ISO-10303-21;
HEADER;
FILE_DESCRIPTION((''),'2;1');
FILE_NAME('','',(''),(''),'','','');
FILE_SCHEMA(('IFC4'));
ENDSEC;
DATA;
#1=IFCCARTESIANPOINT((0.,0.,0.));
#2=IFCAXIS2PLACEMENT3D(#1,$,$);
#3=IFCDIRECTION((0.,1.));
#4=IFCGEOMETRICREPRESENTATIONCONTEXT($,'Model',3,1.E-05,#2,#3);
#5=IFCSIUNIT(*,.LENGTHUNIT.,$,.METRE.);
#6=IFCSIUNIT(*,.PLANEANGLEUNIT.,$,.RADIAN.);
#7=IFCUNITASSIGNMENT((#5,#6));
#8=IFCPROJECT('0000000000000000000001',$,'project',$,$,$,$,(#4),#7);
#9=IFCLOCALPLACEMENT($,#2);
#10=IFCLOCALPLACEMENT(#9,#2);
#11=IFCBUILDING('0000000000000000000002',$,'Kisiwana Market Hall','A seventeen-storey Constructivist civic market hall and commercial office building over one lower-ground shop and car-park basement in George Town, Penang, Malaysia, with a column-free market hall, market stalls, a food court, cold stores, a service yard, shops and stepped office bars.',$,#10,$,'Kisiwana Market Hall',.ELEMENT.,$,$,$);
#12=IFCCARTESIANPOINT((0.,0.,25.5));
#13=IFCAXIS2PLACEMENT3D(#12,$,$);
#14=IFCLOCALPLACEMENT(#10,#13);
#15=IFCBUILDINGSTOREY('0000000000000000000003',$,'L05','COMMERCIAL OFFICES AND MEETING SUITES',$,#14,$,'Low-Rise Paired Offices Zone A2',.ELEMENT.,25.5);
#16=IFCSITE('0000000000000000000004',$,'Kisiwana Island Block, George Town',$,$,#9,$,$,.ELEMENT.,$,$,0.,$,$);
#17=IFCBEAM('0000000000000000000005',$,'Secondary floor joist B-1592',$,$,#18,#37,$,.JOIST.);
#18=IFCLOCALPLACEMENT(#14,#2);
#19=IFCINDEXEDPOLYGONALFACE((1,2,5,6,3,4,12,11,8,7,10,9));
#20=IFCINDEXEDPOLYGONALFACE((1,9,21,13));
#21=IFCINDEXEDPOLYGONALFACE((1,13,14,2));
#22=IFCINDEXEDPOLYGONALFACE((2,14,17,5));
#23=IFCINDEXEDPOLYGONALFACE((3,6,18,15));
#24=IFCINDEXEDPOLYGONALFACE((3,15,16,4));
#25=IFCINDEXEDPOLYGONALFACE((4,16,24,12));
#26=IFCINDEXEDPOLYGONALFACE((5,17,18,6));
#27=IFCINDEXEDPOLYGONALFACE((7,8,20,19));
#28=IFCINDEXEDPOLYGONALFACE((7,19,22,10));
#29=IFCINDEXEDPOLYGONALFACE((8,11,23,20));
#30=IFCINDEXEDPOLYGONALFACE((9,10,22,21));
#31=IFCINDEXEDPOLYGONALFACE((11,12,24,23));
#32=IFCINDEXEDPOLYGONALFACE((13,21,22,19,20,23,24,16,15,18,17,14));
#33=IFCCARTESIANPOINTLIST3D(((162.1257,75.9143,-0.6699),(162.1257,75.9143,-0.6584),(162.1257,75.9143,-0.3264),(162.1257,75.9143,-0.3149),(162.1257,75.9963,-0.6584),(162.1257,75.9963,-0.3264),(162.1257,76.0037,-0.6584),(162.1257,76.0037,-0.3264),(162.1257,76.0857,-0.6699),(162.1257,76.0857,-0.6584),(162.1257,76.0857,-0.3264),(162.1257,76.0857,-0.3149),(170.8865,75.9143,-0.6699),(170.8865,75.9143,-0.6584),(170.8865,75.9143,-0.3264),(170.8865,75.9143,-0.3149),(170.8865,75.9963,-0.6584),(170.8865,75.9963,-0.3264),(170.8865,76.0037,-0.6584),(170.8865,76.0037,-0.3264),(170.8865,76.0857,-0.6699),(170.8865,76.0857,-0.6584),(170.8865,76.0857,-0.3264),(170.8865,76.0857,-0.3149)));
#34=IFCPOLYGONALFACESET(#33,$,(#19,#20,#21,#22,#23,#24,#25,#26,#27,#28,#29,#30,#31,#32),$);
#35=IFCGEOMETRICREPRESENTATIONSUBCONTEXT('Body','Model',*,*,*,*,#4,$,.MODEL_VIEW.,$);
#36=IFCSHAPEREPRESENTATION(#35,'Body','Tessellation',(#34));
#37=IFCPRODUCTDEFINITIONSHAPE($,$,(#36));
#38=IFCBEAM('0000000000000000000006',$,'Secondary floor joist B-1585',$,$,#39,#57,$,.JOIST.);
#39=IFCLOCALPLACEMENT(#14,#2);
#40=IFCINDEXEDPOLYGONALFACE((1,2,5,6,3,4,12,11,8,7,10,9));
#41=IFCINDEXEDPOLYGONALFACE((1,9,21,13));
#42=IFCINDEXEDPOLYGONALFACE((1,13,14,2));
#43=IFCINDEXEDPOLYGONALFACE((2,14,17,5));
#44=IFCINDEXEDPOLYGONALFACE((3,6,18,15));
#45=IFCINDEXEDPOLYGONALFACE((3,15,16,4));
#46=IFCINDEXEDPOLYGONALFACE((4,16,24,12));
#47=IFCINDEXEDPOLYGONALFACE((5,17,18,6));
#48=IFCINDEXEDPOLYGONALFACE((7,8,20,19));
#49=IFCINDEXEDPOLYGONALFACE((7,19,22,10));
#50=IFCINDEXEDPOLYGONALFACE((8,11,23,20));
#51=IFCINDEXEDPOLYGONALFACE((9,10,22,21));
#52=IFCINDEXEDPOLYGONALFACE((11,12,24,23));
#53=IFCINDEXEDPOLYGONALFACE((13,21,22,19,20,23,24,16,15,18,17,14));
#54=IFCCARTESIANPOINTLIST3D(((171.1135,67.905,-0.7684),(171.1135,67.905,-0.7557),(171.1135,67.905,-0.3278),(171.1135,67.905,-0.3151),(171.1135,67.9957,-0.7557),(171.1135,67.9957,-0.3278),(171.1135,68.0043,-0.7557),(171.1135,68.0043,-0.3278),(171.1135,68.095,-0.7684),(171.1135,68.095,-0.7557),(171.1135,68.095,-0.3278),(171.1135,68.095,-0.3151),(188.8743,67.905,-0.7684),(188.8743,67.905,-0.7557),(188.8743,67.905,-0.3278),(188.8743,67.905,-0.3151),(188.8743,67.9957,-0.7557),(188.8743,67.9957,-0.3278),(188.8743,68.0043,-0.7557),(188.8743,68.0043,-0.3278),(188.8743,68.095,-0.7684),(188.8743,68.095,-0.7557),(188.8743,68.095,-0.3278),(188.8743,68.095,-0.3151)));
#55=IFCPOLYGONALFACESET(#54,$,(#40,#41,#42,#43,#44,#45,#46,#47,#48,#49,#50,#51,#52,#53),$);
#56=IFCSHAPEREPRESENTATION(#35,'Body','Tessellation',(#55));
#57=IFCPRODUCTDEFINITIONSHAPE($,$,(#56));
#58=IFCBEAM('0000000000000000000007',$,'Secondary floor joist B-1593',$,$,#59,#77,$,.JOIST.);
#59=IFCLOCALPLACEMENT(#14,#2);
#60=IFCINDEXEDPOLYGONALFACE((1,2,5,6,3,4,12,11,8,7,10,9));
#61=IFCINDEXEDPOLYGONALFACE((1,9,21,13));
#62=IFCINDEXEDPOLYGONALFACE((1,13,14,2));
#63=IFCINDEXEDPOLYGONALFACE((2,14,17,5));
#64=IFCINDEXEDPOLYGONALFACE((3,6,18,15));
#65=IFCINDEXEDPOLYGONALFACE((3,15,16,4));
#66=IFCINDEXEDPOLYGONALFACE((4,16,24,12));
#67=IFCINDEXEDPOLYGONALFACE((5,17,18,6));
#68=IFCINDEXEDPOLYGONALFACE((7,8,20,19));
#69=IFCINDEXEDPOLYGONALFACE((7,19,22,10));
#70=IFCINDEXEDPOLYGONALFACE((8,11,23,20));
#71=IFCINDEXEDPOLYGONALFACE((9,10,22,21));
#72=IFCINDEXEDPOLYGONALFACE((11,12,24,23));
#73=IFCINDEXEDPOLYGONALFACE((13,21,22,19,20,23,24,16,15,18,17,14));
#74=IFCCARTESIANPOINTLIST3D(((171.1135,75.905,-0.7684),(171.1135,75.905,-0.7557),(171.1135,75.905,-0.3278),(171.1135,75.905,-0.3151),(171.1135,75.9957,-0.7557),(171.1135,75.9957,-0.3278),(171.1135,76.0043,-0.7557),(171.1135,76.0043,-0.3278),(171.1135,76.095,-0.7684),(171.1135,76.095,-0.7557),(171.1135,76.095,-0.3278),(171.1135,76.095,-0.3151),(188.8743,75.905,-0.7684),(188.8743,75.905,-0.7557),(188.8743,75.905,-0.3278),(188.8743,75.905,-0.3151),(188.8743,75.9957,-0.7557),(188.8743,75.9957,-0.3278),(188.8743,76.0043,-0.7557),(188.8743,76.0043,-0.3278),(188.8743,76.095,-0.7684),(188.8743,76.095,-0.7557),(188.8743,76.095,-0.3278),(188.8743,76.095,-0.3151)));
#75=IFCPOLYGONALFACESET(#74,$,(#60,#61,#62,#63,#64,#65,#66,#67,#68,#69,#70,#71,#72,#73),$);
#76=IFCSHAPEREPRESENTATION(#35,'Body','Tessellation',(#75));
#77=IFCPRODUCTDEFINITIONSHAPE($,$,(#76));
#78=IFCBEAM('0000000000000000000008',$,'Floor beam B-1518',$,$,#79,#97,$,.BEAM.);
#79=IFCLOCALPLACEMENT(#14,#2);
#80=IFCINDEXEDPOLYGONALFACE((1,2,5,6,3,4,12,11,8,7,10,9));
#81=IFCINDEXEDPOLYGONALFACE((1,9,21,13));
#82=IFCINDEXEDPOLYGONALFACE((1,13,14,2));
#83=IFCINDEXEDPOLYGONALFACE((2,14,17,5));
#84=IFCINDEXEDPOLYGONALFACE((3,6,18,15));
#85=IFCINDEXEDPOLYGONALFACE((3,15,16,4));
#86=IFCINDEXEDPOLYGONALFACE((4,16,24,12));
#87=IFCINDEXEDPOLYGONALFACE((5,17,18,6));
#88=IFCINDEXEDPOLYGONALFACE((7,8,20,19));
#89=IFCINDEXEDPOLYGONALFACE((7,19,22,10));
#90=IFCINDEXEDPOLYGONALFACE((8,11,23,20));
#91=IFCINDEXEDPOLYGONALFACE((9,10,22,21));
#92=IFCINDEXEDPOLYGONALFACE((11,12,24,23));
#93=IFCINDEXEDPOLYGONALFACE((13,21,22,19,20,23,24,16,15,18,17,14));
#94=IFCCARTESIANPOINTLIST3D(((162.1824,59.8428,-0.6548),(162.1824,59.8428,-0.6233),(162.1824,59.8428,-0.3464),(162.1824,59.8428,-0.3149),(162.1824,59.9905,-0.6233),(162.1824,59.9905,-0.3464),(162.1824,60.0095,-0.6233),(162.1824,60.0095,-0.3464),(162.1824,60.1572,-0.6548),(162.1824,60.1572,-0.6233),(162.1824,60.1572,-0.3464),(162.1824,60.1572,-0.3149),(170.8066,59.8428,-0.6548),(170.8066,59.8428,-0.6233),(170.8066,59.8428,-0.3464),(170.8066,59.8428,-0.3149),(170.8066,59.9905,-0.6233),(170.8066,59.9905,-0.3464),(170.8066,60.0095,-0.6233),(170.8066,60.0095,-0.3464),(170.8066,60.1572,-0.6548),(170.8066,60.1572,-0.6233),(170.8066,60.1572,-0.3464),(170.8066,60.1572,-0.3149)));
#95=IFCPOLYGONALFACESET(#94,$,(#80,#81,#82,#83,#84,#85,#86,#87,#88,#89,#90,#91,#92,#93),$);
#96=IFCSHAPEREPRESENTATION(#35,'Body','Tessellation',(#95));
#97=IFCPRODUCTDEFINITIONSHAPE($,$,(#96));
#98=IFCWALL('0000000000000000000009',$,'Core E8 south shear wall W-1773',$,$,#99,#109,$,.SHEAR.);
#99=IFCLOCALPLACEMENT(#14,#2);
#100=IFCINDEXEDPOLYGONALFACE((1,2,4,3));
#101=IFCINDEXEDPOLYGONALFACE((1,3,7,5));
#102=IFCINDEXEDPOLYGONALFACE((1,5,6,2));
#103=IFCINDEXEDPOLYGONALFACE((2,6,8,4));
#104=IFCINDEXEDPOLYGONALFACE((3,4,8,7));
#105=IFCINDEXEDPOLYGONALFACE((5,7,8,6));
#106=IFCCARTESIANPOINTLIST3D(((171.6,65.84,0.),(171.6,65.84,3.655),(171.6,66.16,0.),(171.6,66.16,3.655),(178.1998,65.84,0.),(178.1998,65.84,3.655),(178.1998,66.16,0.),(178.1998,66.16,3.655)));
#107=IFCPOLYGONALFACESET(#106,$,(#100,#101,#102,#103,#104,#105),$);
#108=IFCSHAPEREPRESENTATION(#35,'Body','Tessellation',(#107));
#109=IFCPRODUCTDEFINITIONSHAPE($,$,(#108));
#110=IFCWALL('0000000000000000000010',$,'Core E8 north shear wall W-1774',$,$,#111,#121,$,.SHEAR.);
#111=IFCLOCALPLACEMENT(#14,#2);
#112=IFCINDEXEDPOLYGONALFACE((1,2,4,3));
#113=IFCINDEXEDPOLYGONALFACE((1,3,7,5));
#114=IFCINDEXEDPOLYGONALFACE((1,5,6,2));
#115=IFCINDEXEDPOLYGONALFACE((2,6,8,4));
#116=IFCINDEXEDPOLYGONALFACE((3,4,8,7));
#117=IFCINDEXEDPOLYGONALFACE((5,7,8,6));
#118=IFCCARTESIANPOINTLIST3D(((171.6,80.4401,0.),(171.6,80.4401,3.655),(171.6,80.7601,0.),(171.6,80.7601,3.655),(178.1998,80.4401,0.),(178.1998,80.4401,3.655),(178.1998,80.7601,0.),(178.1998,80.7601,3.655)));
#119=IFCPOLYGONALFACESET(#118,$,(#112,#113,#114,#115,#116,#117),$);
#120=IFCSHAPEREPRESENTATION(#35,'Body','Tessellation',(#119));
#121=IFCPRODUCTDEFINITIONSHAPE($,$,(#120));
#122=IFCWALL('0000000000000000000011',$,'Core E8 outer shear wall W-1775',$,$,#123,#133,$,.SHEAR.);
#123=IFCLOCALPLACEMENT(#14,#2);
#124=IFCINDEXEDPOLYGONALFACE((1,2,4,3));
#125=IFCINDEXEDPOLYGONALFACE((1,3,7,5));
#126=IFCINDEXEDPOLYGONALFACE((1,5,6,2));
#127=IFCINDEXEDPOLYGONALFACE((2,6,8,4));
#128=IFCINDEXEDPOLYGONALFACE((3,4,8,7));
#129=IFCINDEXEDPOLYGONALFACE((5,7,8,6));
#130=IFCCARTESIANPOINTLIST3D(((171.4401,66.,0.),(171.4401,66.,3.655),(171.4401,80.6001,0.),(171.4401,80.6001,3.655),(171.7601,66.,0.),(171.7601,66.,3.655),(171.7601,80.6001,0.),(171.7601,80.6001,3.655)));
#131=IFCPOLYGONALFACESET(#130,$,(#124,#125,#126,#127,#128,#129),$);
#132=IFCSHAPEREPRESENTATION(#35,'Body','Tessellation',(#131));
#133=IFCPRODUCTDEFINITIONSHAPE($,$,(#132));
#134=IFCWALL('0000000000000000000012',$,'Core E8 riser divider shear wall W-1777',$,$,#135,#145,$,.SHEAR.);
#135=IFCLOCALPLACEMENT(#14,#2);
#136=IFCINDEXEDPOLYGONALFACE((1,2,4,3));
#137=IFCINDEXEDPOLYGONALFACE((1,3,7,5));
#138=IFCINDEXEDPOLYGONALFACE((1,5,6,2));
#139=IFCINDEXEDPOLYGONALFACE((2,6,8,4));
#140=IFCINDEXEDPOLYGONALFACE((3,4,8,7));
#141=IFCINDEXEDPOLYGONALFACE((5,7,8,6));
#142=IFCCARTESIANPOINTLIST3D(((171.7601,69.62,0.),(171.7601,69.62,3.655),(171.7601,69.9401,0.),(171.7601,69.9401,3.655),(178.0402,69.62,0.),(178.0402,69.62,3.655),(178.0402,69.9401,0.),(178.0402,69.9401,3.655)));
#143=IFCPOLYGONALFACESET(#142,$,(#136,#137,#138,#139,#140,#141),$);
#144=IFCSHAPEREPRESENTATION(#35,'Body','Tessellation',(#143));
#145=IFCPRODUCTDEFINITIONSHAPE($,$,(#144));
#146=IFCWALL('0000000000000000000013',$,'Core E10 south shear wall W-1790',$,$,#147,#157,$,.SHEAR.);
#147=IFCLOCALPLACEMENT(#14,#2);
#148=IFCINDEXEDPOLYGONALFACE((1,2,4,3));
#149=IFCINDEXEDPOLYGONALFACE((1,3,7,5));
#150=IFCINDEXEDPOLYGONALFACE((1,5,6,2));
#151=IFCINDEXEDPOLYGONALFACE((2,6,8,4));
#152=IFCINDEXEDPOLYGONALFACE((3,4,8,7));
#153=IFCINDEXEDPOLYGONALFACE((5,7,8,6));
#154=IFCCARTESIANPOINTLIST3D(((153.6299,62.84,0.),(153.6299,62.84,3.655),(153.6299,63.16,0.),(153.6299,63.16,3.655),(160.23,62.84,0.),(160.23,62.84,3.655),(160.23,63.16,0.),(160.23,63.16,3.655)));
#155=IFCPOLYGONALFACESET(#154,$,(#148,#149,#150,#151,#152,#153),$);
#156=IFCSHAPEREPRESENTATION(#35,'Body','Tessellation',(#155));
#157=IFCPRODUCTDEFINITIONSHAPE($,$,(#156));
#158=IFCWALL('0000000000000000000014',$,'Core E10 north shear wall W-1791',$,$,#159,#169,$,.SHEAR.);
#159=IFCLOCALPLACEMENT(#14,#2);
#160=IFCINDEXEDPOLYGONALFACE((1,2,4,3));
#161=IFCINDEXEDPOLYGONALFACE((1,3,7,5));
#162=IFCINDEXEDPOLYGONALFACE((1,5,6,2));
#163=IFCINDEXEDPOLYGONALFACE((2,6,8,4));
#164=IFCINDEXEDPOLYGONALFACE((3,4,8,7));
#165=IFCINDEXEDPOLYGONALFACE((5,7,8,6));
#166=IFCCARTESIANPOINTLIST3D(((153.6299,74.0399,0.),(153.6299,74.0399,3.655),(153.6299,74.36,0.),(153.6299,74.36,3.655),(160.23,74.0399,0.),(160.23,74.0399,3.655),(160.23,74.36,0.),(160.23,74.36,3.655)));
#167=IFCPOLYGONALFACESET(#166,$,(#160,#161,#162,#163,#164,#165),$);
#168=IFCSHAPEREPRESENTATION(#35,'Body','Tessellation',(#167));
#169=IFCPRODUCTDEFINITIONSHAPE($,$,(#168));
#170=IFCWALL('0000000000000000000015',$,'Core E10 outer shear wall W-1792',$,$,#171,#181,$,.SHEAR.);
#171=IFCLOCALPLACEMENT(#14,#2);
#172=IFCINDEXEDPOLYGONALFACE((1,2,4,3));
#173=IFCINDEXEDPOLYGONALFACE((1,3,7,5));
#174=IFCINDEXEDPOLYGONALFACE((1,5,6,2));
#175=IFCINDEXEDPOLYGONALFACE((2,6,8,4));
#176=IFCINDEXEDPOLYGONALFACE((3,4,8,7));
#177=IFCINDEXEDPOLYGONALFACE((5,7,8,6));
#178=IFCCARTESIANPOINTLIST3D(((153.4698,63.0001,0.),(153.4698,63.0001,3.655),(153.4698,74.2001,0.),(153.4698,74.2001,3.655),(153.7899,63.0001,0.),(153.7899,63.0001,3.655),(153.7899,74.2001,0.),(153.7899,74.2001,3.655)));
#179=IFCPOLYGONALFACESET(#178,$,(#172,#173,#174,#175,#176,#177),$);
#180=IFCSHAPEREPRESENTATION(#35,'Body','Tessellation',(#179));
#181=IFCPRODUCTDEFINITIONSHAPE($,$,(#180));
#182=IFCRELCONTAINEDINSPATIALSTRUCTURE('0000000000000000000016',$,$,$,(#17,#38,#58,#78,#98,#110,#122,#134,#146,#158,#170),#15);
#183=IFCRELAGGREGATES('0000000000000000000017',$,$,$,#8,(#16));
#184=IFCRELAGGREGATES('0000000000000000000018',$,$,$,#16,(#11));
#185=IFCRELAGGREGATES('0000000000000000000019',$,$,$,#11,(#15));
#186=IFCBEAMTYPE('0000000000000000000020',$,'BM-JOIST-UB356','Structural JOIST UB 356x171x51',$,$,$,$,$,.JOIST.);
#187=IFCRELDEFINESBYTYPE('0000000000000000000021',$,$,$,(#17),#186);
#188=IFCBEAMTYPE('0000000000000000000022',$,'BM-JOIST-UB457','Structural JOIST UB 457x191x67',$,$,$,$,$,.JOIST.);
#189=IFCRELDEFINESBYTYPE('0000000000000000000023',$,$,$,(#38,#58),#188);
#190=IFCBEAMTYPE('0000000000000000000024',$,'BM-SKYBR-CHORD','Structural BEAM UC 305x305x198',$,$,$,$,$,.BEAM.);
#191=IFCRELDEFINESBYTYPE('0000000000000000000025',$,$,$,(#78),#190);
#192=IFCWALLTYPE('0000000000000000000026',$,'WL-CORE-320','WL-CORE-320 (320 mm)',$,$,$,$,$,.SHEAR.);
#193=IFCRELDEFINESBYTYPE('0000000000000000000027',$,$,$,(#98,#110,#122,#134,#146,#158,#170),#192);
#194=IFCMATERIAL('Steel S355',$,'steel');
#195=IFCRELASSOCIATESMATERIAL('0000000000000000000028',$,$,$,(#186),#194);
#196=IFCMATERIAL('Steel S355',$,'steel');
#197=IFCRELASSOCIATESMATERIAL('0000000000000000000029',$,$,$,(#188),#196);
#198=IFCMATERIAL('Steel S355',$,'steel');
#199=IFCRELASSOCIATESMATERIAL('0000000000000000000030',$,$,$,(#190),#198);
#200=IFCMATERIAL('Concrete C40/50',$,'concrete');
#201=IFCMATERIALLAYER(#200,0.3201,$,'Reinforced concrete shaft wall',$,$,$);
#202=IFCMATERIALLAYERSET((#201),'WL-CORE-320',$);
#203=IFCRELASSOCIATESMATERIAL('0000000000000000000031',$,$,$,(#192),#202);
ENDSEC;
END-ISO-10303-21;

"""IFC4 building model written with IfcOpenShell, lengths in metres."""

from ifc_helpers import new_model, si_unit, direction, frame, frame_2d, origin, origin_2d, place, context, subcontext, project, spatial, rectangle, i_section, extrude, material, layer, layer_set, material_profile, profile_set, type_object, element, save


model = new_model("IFC4")

# Units and contexts
model_context = context("Model", 3, precision=1e-05, world=origin(), true_north=direction((0.0, 1.0)))
body_context = subcontext(model_context, "Body", "Model", "MODEL_VIEW")
ifc_project = project(units=[si_unit("LENGTHUNIT", "METRE"), si_unit("PLANEANGLEUNIT", "RADIAN")], contexts=[model_context])

# Site, building, storey
site_placement = place(None, origin())
site = spatial("IfcSite", under=ifc_project, at=site_placement, Name="Kisiwana Island Block, George Town", CompositionType="ELEMENT", RefElevation=0.0)
building_placement = place(site_placement, origin())
building = spatial("IfcBuilding", under=site, at=building_placement, Name="Kisiwana Market Hall", Description="A seventeen-storey Constructivist civic market hall and commercial office building over one lower-ground shop and car-park basement in George Town, Penang, Malaysia, with a column-free market hall, market stalls, a food court, cold stores, a service yard, shops and stepped office bars.", LongName="Kisiwana Market Hall", CompositionType="ELEMENT")
storey_placement = place(building_placement, frame((0.0, 0.0, 25.5)))
storey = spatial("IfcBuildingStorey", under=building, at=storey_placement, Name="L05", Description="COMMERCIAL OFFICES AND MEETING SUITES", LongName="Low-Rise Paired Offices Zone A2", CompositionType="ELEMENT", Elevation=25.5)

# Beams
ifc_material_1 = material(Name="Steel S355", Category="steel")
ifc_material_profile_1 = material_profile(ifc_material_1, i_section(OverallWidth=0.1714, OverallDepth=0.355, WebThickness=0.0073, FlangeThickness=0.0115, at=origin_2d()), Name="UB 356x171x51")
ifc_profile_set_1 = profile_set([ifc_material_profile_1], Name="Steel S355")
beam_type_1 = type_object("IfcBeamType", Name="BM-JOIST-UB356", Description="Structural JOIST UB 356x171x51", PredefinedType="JOIST", material=ifc_profile_set_1)
for number, where, z_axis, x_axis, name in (
    (1, (162.1257, 76.0, -0.4924), (1.0, 0.0, 0.0), (0.0, 1.0, 0.0), "Secondary floor joist B-1592"),
):
    element("IfcBeam", number, at=place(storey_placement, frame(where, z_axis=z_axis, x_axis=x_axis)), inside=storey, type_object=beam_type_1, Name=name, PredefinedType="JOIST", context=body_context, shape_type="SweptSolid", body=[
        extrude(i_section(OverallWidth=0.1714, OverallDepth=0.355, WebThickness=0.0073, FlangeThickness=0.0115, at=origin_2d()), origin(), (0.0, 0.0, 1.0), 8.7607),
    ])
ifc_material_2 = material(Name="Steel S355", Category="steel")
ifc_material_profile_2 = material_profile(ifc_material_2, i_section(OverallWidth=0.1899, OverallDepth=0.4534, WebThickness=0.0085, FlangeThickness=0.0127, at=origin_2d()), Name="UB 457x191x67")
ifc_profile_set_2 = profile_set([ifc_material_profile_2], Name="Steel S355")
beam_type_2 = type_object("IfcBeamType", Name="BM-JOIST-UB457", Description="Structural JOIST UB 457x191x67", PredefinedType="JOIST", material=ifc_profile_set_2)
for number, where, z_axis, x_axis, name in (
    (2, (171.1135, 68.0, -0.5417), (1.0, 0.0, 0.0), (0.0, 1.0, 0.0), "Secondary floor joist B-1585"),
    (3, (171.1135, 76.0, -0.5417), (1.0, 0.0, 0.0), (0.0, 1.0, 0.0), "Secondary floor joist B-1593"),
):
    element("IfcBeam", number, at=place(storey_placement, frame(where, z_axis=z_axis, x_axis=x_axis)), inside=storey, type_object=beam_type_2, Name=name, PredefinedType="JOIST", context=body_context, shape_type="SweptSolid", body=[
        extrude(i_section(OverallWidth=0.1899, OverallDepth=0.4534, WebThickness=0.0085, FlangeThickness=0.0127, at=origin_2d()), origin(), (0.0, 0.0, 1.0), 17.7607),
    ])
ifc_material_3 = material(Name="Steel S355", Category="steel")
ifc_material_profile_3 = material_profile(ifc_material_3, i_section(OverallWidth=0.3145, OverallDepth=0.3398, WebThickness=0.019, FlangeThickness=0.0315, at=origin_2d()), Name="UC 305x305x198")
ifc_profile_set_3 = profile_set([ifc_material_profile_3], Name="Steel S355")
beam_type_3 = type_object("IfcBeamType", Name="BM-SKYBR-CHORD", Description="Structural BEAM UC 305x305x198", PredefinedType="BEAM", material=ifc_profile_set_3)
beam_1_placement = place(storey_placement, frame((162.1824, 60.0, -0.4849), z_axis=(1.0, 0.0, 0.0), x_axis=(0.0, 1.0, 0.0)))
element("IfcBeam", 4, at=beam_1_placement, inside=storey, type_object=beam_type_3, Name="Floor beam B-1518", PredefinedType="BEAM", context=body_context, shape_type="SweptSolid", body=[
    extrude(i_section(OverallWidth=0.3145, OverallDepth=0.3398, WebThickness=0.019, FlangeThickness=0.0315, at=origin_2d()), origin(), (0.0, 0.0, 1.0), 8.6243),
])

# Walls
ifc_material_4 = material(Name="Concrete C40/50", Category="concrete")
ifc_layer_1 = layer(ifc_material_4, 0.3201, Name="Reinforced concrete shaft wall")
ifc_layer_set_1 = layer_set([ifc_layer_1], Name="WL-CORE-320")
wall_type_1 = type_object("IfcWallType", Name="WL-CORE-320", Description="WL-CORE-320 (320 mm)", PredefinedType="SHEAR", material=ifc_layer_set_1)
for number, where, z_axis, x_axis, name in (
    (5, (171.6001, 66.0, 0.0), (0.0, 0.0, 1.0), (1.0, 0.0, 0.0), "Core E8 south shear wall W-1773"),
    (6, (171.6001, 80.6001, 0.0), (0.0, 0.0, 1.0), (1.0, 0.0, 0.0), "Core E8 north shear wall W-1774"),
):
    element("IfcWall", number, at=place(storey_placement, frame(where, z_axis=z_axis, x_axis=x_axis)), inside=storey, type_object=wall_type_1, Name=name, PredefinedType="SHEAR", context=body_context, shape_type="SweptSolid", body=[
        extrude(rectangle(XDim=6.5999, YDim=0.3201, at=frame_2d((3.2998, 0.0))), origin(), (0.0, 0.0, 1.0), 3.655),
    ])
wall_1_placement = place(storey_placement, frame((171.6001, 66.0, 0.0), z_axis=(0.0, 0.0, 1.0), x_axis=(0.0, 1.0, 0.0)))
element("IfcWall", 7, at=wall_1_placement, inside=storey, type_object=wall_type_1, Name="Core E8 outer shear wall W-1775", PredefinedType="SHEAR", context=body_context, shape_type="SweptSolid", body=[
    extrude(rectangle(XDim=14.6001, YDim=0.3201, at=frame_2d((7.3, 0.0))), origin(), (0.0, 0.0, 1.0), 3.655),
])
wall_2_placement = place(storey_placement, frame((171.76, 69.78, 0.0), z_axis=(0.0, 0.0, 1.0), x_axis=(1.0, 0.0, 0.0)))
element("IfcWall", 8, at=wall_2_placement, inside=storey, type_object=wall_type_1, Name="Core E8 riser divider shear wall W-1777", PredefinedType="SHEAR", context=body_context, shape_type="SweptSolid", body=[
    extrude(rectangle(XDim=6.28, YDim=0.3201, at=frame_2d((3.1401, 0.0))), origin(), (0.0, 0.0, 1.0), 3.655),
])
for number, where, z_axis, x_axis, name in (
    (9, (153.6299, 63.0, 0.0), (0.0, 0.0, 1.0), (1.0, 0.0, 0.0), "Core E10 south shear wall W-1790"),
    (10, (153.6299, 74.2, 0.0), (0.0, 0.0, 1.0), (1.0, 0.0, 0.0), "Core E10 north shear wall W-1791"),
):
    element("IfcWall", number, at=place(storey_placement, frame(where, z_axis=z_axis, x_axis=x_axis)), inside=storey, type_object=wall_type_1, Name=name, PredefinedType="SHEAR", context=body_context, shape_type="SweptSolid", body=[
        extrude(rectangle(XDim=6.6001, YDim=0.3201, at=frame_2d((3.3, 0.0))), origin(), (0.0, 0.0, 1.0), 3.655),
    ])
wall_3_placement = place(storey_placement, frame((153.6299, 63.0, 0.0), z_axis=(0.0, 0.0, 1.0), x_axis=(0.0, 1.0, 0.0)))
element("IfcWall", 11, at=wall_3_placement, inside=storey, type_object=wall_type_1, Name="Core E10 outer shear wall W-1792", PredefinedType="SHEAR", context=body_context, shape_type="SweptSolid", body=[
    extrude(rectangle(XDim=11.2, YDim=0.3201, at=frame_2d((5.6001, 0.0))), origin(), (0.0, 0.0, 1.0), 3.655),
])

save(model, "model.ifc")
